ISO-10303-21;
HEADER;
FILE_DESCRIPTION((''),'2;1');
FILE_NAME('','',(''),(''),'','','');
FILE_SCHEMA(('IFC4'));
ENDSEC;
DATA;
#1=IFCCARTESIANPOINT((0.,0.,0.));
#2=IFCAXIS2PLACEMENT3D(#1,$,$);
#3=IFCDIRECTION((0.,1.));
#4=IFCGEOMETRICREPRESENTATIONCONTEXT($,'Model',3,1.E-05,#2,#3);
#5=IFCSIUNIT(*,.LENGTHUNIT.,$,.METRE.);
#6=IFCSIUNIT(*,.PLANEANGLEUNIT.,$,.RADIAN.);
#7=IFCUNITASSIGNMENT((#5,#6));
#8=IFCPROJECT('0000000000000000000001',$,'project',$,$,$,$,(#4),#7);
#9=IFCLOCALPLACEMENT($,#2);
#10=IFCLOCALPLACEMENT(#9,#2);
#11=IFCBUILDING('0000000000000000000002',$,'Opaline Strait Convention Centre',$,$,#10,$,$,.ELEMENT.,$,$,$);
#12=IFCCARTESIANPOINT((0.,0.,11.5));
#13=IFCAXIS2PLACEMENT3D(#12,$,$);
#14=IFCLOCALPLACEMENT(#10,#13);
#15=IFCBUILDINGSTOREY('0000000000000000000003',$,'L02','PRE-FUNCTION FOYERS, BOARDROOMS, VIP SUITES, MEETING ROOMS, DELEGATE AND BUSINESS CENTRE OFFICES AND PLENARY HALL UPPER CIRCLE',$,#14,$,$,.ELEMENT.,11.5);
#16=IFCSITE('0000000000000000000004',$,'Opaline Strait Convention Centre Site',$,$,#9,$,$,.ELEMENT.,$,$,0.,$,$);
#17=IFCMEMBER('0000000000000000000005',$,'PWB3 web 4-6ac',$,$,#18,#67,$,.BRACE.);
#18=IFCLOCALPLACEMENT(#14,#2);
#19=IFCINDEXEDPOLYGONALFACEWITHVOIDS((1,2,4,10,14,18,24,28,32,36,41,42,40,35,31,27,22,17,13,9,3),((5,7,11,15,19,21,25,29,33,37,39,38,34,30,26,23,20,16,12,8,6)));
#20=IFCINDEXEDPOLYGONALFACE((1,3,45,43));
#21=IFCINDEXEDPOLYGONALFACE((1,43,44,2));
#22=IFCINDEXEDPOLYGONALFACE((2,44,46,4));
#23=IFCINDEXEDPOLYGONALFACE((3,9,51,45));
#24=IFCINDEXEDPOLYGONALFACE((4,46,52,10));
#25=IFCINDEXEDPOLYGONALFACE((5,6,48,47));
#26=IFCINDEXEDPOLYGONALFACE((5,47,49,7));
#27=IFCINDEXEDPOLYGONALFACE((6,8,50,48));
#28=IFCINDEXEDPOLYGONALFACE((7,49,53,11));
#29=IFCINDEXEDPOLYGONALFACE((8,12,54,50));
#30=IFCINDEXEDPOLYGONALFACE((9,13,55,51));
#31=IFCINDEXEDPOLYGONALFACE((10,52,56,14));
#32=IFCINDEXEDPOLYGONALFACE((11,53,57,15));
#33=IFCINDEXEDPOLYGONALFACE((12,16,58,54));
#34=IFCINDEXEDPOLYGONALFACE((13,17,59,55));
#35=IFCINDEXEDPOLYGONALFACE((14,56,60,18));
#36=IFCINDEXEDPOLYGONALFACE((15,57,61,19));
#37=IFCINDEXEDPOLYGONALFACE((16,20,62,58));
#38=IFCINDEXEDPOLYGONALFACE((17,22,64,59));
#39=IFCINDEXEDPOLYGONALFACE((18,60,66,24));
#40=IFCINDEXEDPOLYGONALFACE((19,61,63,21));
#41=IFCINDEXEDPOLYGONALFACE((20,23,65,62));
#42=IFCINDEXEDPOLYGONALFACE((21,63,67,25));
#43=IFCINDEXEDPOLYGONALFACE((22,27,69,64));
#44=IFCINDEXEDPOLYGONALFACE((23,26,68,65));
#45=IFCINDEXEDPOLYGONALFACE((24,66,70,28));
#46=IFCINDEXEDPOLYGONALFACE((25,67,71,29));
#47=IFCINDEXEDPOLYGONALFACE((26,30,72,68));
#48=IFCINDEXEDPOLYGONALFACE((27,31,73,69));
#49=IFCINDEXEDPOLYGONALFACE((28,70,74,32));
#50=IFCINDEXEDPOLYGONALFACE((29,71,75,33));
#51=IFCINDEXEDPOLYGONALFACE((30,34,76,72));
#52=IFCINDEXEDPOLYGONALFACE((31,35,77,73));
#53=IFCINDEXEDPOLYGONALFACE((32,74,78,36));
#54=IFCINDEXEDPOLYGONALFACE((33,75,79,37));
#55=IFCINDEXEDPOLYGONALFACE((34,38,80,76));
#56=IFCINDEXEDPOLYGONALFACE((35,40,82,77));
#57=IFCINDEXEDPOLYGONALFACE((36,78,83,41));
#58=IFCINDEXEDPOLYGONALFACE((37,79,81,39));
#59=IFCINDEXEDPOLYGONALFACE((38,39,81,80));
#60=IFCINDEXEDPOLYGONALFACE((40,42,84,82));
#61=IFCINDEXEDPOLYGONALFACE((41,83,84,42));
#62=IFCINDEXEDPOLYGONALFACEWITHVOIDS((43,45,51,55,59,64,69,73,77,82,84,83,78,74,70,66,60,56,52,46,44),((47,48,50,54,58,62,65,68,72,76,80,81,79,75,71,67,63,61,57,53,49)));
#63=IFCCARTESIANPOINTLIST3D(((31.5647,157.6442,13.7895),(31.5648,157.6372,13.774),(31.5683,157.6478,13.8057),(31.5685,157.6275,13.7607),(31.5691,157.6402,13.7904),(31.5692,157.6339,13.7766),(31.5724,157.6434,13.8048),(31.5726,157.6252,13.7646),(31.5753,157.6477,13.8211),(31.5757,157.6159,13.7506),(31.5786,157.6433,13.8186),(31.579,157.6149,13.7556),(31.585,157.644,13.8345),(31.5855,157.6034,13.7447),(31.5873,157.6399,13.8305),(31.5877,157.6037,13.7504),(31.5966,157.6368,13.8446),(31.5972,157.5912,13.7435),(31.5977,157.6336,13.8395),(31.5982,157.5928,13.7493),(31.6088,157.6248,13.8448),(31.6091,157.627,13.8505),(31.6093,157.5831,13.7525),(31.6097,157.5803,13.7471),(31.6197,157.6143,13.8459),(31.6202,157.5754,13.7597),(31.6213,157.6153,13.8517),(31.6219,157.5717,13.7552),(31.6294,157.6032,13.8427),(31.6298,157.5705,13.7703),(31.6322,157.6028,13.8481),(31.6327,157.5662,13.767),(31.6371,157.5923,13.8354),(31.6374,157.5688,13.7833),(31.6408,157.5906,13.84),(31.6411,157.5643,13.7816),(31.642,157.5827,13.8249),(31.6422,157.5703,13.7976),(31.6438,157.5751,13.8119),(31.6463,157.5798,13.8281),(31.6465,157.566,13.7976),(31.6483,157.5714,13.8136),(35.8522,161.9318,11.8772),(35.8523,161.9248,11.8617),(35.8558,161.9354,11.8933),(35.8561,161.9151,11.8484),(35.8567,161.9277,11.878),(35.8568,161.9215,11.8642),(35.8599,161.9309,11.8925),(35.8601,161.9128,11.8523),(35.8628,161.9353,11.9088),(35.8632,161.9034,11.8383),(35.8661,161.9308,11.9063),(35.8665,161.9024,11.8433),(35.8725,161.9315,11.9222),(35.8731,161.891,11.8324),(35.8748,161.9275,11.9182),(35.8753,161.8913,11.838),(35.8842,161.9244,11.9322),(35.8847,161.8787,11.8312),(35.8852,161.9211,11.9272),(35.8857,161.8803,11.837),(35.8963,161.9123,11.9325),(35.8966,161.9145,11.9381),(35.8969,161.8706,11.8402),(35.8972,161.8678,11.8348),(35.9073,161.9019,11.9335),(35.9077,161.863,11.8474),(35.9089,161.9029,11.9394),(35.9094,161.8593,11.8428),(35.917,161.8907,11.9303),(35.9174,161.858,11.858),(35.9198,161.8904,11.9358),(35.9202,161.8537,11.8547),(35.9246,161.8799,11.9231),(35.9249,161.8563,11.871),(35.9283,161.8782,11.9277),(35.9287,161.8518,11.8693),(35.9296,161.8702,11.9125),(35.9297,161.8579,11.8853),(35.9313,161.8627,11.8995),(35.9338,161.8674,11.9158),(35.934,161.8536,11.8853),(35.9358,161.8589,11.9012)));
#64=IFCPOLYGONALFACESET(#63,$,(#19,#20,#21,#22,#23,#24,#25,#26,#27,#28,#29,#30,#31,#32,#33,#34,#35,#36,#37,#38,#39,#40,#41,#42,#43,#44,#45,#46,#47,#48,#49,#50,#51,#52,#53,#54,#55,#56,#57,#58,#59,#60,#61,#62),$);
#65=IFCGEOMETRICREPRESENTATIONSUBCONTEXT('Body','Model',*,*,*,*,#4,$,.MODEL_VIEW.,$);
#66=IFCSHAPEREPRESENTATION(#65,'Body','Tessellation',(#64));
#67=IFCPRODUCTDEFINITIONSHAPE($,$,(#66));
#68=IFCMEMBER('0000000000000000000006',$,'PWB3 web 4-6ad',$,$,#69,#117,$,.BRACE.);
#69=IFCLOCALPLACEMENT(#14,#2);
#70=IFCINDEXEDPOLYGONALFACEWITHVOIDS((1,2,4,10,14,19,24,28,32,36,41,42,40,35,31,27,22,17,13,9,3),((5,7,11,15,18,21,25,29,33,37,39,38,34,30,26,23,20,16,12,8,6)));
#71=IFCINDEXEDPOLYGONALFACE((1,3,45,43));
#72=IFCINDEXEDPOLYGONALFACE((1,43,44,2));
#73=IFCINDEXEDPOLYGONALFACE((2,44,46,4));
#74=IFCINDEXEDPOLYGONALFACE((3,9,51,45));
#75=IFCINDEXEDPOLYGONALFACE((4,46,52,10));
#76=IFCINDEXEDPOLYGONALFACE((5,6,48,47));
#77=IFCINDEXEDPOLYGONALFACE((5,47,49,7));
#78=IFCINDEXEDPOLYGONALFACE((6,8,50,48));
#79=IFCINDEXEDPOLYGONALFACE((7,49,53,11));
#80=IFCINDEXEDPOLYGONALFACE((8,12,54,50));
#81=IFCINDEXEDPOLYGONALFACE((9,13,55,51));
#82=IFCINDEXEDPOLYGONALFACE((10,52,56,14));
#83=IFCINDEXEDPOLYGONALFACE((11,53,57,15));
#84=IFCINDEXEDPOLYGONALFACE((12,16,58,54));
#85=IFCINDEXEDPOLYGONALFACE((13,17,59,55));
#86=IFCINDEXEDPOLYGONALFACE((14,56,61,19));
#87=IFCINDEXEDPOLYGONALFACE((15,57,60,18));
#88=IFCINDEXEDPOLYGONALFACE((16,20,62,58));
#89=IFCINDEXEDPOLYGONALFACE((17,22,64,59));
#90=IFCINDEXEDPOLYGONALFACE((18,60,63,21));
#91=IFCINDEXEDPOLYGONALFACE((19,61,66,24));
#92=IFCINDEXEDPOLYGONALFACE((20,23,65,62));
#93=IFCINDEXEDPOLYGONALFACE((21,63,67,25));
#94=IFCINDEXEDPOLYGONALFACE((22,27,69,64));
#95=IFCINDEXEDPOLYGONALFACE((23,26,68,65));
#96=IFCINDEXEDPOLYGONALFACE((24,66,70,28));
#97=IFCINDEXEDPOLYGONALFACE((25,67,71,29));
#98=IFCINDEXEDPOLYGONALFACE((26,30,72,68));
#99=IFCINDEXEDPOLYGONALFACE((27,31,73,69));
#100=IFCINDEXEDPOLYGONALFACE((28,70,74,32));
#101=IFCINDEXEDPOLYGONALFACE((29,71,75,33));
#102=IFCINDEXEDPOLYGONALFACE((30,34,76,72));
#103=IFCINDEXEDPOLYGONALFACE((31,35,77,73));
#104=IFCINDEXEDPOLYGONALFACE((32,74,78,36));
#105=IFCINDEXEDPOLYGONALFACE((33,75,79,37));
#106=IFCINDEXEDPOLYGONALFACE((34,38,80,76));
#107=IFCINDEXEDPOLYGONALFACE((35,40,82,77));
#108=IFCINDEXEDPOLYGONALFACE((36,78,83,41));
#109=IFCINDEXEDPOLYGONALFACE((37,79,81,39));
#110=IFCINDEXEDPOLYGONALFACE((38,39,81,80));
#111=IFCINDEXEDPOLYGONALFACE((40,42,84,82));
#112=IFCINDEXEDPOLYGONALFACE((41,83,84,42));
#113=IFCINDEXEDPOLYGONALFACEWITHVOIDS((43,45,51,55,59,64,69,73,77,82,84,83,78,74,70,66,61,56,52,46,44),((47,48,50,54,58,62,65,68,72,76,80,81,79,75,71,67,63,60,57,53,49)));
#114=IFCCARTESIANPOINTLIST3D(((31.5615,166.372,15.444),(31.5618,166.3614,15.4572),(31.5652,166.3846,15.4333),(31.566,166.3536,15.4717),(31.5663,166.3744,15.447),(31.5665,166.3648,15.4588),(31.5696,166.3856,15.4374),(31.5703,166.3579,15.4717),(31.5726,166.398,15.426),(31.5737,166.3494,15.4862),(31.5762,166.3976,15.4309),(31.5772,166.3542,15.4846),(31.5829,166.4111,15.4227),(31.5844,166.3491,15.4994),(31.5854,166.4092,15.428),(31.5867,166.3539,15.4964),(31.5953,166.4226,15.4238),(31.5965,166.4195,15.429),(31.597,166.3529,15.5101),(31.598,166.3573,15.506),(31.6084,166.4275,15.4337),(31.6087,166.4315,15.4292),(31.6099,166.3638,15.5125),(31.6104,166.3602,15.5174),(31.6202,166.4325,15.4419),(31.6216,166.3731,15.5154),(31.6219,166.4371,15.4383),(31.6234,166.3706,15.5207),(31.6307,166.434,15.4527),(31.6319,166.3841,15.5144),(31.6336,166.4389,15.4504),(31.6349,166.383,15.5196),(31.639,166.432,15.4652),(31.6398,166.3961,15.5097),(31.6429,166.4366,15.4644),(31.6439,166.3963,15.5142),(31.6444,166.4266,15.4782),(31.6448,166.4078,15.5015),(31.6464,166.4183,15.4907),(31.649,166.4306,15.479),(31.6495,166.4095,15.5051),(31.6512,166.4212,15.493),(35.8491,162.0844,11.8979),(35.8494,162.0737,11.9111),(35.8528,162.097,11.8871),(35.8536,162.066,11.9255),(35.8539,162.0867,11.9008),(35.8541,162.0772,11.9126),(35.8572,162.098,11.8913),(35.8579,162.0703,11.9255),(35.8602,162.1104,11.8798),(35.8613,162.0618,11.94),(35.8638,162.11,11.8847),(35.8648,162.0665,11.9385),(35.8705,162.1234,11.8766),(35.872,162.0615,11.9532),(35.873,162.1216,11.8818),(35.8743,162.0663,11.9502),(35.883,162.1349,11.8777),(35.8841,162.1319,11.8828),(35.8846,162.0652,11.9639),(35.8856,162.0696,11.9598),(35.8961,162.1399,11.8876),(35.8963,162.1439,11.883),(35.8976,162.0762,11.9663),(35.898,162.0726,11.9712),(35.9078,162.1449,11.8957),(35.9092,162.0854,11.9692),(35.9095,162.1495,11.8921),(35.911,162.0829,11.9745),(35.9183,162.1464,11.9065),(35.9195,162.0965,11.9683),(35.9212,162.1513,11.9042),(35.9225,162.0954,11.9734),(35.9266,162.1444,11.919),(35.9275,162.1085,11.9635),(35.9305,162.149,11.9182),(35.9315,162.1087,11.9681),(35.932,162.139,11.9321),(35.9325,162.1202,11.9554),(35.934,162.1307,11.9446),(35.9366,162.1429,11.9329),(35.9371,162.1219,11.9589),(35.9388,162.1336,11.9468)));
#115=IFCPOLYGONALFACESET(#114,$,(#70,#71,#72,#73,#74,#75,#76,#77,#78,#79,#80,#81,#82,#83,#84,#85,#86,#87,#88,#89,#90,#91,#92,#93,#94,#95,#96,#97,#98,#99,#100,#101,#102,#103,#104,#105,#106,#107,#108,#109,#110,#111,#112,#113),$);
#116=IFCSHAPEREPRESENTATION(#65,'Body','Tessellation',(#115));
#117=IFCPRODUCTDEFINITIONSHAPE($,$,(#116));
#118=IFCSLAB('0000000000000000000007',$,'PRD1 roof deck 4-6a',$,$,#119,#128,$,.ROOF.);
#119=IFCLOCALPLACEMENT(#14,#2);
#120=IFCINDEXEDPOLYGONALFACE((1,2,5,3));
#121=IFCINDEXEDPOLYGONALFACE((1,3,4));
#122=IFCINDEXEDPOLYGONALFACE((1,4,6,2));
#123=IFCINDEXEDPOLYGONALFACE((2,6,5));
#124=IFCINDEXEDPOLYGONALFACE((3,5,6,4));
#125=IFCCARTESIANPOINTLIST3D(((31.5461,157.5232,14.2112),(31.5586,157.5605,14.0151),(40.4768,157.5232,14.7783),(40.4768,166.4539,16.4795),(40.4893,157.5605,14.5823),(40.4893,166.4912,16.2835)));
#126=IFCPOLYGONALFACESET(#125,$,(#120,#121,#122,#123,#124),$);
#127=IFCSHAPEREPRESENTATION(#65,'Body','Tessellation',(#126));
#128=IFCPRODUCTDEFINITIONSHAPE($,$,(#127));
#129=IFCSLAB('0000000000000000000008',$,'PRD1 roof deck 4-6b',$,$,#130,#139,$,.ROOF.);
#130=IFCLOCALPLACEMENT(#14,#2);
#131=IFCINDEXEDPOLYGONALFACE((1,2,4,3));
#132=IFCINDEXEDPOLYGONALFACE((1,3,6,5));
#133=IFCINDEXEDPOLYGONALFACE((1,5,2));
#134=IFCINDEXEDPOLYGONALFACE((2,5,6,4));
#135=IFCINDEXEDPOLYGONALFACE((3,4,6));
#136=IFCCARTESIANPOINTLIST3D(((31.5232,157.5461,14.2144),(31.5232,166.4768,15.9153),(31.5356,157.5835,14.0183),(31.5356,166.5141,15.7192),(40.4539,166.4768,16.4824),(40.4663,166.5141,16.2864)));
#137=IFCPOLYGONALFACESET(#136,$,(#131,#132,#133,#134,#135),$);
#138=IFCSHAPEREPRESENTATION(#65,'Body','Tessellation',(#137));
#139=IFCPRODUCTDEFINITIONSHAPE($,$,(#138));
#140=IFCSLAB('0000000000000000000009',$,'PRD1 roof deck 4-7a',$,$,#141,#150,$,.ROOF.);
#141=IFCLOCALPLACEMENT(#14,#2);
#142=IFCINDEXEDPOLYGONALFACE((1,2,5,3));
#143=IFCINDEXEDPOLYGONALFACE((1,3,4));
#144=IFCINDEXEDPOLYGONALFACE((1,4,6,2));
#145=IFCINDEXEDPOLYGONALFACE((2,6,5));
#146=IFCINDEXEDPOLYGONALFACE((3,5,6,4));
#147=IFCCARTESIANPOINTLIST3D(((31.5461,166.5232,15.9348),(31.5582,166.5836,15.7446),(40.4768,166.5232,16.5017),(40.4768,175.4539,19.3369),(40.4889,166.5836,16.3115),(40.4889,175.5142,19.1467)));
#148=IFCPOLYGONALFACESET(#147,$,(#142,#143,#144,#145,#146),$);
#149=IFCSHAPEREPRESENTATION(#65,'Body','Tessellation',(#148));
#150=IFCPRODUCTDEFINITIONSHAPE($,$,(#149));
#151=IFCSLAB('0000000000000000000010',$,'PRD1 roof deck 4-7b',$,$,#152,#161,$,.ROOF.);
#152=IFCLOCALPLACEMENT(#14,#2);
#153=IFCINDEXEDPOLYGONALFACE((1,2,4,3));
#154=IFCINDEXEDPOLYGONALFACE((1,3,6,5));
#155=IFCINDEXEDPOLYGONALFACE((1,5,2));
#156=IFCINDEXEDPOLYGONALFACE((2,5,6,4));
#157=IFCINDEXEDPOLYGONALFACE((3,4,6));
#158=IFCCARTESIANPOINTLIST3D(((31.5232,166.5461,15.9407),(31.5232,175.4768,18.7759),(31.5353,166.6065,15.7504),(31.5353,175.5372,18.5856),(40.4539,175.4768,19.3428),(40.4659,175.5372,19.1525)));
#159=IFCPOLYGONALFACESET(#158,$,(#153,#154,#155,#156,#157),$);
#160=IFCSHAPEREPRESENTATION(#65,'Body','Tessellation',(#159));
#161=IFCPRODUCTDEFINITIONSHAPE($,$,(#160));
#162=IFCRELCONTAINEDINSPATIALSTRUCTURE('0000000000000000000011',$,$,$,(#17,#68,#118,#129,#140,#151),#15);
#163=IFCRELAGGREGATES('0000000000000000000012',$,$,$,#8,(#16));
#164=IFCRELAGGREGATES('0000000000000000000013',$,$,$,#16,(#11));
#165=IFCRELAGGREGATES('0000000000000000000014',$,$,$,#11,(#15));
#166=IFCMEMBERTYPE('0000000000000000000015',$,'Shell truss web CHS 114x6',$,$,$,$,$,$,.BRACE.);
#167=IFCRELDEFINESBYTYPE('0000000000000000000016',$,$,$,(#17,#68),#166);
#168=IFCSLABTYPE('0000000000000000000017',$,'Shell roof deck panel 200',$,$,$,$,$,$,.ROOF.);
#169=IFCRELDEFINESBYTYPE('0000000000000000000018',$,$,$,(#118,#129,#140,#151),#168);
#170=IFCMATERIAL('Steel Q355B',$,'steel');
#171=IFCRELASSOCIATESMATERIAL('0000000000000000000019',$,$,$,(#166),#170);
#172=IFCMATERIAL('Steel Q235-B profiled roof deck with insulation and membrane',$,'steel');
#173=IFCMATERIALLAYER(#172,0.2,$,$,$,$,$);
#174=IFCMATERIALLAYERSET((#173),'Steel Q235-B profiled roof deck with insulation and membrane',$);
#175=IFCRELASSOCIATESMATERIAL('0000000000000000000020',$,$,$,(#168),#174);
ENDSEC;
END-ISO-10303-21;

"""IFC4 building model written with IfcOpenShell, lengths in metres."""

from ifc_helpers import new_model, si_unit, direction, frame, origin, origin_2d, place, context, subcontext, project, spatial, polyline, hollow_circle, outline, extrude, material, layer, layer_set, material_profile, profile_set, type_object, element, save


model = new_model("IFC4")

# Units and contexts
model_context = context("Model", 3, precision=1e-05, world=origin(), true_north=direction((0.0, 1.0)))
body_context = subcontext(model_context, "Body", "Model", "MODEL_VIEW")
ifc_project = project(units=[si_unit("LENGTHUNIT", "METRE"), si_unit("PLANEANGLEUNIT", "RADIAN")], contexts=[model_context])

# Site, building, storey
site_placement = place(None, origin())
site = spatial("IfcSite", under=ifc_project, at=site_placement, Name="Opaline Strait Convention Centre Site", CompositionType="ELEMENT", RefElevation=0.0)
building_placement = place(site_placement, origin())
building = spatial("IfcBuilding", under=site, at=building_placement, Name="Opaline Strait Convention Centre", CompositionType="ELEMENT")
storey_placement = place(building_placement, frame((0.0, 0.0, 11.5)))
storey = spatial("IfcBuildingStorey", under=building, at=storey_placement, Name="L02", Description="PRE-FUNCTION FOYERS, BOARDROOMS, VIP SUITES, MEETING ROOMS, DELEGATE AND BUSINESS CENTRE OFFICES AND PLENARY HALL UPPER CIRCLE", CompositionType="ELEMENT", Elevation=11.5)

# Members
ifc_material_1 = material(Name="Steel Q355B", Category="steel")
ifc_material_profile_1 = material_profile(ifc_material_1, hollow_circle(Radius=0.0569, WallThickness=0.0061, at=origin_2d()), Name="CHS 114x6")
ifc_profile_set_1 = profile_set([ifc_material_profile_1], Name="Steel Q355B")
member_type_1 = type_object("IfcMemberType", Name="Shell truss web CHS 114x6", PredefinedType="BRACE", material=ifc_profile_set_1)
member_1_placement = place(storey_placement, frame((35.8938, 161.8938, 11.8853), z_axis=(-0.674363, -0.674363, 0.300779), x_axis=(0.707107, -0.707107, 0.0)))
element("IfcMember", 1, at=member_1_placement, inside=storey, type_object=member_type_1, Name="PWB3 web 4-6ac", PredefinedType="BRACE", context=body_context, shape_type="SweptSolid", body=[
    extrude(hollow_circle(Radius=0.0569, WallThickness=0.0061, at=origin_2d()), origin(), (0.0, 0.0, 1.0), 6.3579),
])
member_2_placement = place(storey_placement, frame((35.8938, 162.1062, 11.9255), z_axis=(-0.610387, 0.610387, 0.504833), x_axis=(-0.707107, -0.707107, 0.0)))
element("IfcMember", 2, at=member_2_placement, inside=storey, type_object=member_type_1, Name="PWB3 web 4-6ad", PredefinedType="BRACE", context=body_context, shape_type="SweptSolid", body=[
    extrude(hollow_circle(Radius=0.0569, WallThickness=0.0061, at=origin_2d()), origin(), (0.0, 0.0, 1.0), 7.0244),
])

# Slabs
ifc_material_2 = material(Name="Steel Q235-B profiled roof deck with insulation and membrane", Category="steel")
ifc_layer = layer(ifc_material_2, 0.2)
ifc_layer_set = layer_set([ifc_layer], Name="Steel Q235-B profiled roof deck with insulation and membrane")
slab_type = type_object("IfcSlabType", Name="Shell roof deck panel 200", PredefinedType="ROOF", material=ifc_layer_set)
slab_1_placement = place(storey_placement, frame((31.5461, 157.5232, 14.2112), z_axis=(-0.062262, -0.186759, 0.980431), x_axis=(0.99799, 0.0, 0.063377)))
element("IfcSlab", 3, at=slab_1_placement, inside=storey, type_object=slab_type, Name="PRD1 roof deck 4-6a", PredefinedType="ROOF", context=body_context, shape_type="SweptSolid", body=[
    extrude(outline(polyline([(0.0, 0.0), (8.9487, 0.0), (9.0565, 9.0906), (0.0, 0.0)])), origin(), (0.0, 0.0, -1.0), 0.2),
])
slab_2_placement = place(storey_placement, frame((31.5232, 157.5461, 14.2144), z_axis=(-0.062262, -0.186733, 0.980436), x_axis=(0.695974, 0.695974, 0.176752)))
element("IfcSlab", 4, at=slab_2_placement, inside=storey, type_object=slab_type, Name="PRD1 roof deck 4-6b", PredefinedType="ROOF", context=body_context, shape_type="SweptSolid", body=[
    extrude(outline(polyline([(0.0, 0.0), (12.8319, 0.0), (6.5161, 6.3395), (0.0, 0.0)])), origin(), (0.0, 0.0, -1.0), 0.2),
])
slab_3_placement = place(storey_placement, frame((31.5461, 166.5232, 15.9348), z_axis=(-0.060391, -0.302034, 0.951382), x_axis=(0.997991, 0.0, 0.06335)))
element("IfcSlab", 5, at=slab_3_placement, inside=storey, type_object=slab_type, Name="PRD1 roof deck 4-7a", PredefinedType="ROOF", context=body_context, shape_type="SweptSolid", body=[
    extrude(outline(polyline([(0.0, 0.0), (8.9486, 0.0), (9.1282, 9.3682), (0.0, 0.0)])), origin(), (0.0, 0.0, -1.0), 0.2),
])
slab_4_placement = place(storey_placement, frame((31.5232, 166.5461, 15.9407), z_axis=(-0.060391, -0.302034, 0.951382), x_axis=(0.68277, 0.68277, 0.260098)))
element("IfcSlab", 6, at=slab_4_placement, inside=storey, type_object=slab_type, Name="PRD1 roof deck 4-7b", PredefinedType="ROOF", context=body_context, shape_type="SweptSolid", body=[
    extrude(outline(polyline([(0.0, 0.0), (13.0801, 0.0), (6.835, 6.4092), (0.0, 0.0)])), origin(), (0.0, 0.0, -1.0), 0.2),
])

save(model, "model.ifc")
